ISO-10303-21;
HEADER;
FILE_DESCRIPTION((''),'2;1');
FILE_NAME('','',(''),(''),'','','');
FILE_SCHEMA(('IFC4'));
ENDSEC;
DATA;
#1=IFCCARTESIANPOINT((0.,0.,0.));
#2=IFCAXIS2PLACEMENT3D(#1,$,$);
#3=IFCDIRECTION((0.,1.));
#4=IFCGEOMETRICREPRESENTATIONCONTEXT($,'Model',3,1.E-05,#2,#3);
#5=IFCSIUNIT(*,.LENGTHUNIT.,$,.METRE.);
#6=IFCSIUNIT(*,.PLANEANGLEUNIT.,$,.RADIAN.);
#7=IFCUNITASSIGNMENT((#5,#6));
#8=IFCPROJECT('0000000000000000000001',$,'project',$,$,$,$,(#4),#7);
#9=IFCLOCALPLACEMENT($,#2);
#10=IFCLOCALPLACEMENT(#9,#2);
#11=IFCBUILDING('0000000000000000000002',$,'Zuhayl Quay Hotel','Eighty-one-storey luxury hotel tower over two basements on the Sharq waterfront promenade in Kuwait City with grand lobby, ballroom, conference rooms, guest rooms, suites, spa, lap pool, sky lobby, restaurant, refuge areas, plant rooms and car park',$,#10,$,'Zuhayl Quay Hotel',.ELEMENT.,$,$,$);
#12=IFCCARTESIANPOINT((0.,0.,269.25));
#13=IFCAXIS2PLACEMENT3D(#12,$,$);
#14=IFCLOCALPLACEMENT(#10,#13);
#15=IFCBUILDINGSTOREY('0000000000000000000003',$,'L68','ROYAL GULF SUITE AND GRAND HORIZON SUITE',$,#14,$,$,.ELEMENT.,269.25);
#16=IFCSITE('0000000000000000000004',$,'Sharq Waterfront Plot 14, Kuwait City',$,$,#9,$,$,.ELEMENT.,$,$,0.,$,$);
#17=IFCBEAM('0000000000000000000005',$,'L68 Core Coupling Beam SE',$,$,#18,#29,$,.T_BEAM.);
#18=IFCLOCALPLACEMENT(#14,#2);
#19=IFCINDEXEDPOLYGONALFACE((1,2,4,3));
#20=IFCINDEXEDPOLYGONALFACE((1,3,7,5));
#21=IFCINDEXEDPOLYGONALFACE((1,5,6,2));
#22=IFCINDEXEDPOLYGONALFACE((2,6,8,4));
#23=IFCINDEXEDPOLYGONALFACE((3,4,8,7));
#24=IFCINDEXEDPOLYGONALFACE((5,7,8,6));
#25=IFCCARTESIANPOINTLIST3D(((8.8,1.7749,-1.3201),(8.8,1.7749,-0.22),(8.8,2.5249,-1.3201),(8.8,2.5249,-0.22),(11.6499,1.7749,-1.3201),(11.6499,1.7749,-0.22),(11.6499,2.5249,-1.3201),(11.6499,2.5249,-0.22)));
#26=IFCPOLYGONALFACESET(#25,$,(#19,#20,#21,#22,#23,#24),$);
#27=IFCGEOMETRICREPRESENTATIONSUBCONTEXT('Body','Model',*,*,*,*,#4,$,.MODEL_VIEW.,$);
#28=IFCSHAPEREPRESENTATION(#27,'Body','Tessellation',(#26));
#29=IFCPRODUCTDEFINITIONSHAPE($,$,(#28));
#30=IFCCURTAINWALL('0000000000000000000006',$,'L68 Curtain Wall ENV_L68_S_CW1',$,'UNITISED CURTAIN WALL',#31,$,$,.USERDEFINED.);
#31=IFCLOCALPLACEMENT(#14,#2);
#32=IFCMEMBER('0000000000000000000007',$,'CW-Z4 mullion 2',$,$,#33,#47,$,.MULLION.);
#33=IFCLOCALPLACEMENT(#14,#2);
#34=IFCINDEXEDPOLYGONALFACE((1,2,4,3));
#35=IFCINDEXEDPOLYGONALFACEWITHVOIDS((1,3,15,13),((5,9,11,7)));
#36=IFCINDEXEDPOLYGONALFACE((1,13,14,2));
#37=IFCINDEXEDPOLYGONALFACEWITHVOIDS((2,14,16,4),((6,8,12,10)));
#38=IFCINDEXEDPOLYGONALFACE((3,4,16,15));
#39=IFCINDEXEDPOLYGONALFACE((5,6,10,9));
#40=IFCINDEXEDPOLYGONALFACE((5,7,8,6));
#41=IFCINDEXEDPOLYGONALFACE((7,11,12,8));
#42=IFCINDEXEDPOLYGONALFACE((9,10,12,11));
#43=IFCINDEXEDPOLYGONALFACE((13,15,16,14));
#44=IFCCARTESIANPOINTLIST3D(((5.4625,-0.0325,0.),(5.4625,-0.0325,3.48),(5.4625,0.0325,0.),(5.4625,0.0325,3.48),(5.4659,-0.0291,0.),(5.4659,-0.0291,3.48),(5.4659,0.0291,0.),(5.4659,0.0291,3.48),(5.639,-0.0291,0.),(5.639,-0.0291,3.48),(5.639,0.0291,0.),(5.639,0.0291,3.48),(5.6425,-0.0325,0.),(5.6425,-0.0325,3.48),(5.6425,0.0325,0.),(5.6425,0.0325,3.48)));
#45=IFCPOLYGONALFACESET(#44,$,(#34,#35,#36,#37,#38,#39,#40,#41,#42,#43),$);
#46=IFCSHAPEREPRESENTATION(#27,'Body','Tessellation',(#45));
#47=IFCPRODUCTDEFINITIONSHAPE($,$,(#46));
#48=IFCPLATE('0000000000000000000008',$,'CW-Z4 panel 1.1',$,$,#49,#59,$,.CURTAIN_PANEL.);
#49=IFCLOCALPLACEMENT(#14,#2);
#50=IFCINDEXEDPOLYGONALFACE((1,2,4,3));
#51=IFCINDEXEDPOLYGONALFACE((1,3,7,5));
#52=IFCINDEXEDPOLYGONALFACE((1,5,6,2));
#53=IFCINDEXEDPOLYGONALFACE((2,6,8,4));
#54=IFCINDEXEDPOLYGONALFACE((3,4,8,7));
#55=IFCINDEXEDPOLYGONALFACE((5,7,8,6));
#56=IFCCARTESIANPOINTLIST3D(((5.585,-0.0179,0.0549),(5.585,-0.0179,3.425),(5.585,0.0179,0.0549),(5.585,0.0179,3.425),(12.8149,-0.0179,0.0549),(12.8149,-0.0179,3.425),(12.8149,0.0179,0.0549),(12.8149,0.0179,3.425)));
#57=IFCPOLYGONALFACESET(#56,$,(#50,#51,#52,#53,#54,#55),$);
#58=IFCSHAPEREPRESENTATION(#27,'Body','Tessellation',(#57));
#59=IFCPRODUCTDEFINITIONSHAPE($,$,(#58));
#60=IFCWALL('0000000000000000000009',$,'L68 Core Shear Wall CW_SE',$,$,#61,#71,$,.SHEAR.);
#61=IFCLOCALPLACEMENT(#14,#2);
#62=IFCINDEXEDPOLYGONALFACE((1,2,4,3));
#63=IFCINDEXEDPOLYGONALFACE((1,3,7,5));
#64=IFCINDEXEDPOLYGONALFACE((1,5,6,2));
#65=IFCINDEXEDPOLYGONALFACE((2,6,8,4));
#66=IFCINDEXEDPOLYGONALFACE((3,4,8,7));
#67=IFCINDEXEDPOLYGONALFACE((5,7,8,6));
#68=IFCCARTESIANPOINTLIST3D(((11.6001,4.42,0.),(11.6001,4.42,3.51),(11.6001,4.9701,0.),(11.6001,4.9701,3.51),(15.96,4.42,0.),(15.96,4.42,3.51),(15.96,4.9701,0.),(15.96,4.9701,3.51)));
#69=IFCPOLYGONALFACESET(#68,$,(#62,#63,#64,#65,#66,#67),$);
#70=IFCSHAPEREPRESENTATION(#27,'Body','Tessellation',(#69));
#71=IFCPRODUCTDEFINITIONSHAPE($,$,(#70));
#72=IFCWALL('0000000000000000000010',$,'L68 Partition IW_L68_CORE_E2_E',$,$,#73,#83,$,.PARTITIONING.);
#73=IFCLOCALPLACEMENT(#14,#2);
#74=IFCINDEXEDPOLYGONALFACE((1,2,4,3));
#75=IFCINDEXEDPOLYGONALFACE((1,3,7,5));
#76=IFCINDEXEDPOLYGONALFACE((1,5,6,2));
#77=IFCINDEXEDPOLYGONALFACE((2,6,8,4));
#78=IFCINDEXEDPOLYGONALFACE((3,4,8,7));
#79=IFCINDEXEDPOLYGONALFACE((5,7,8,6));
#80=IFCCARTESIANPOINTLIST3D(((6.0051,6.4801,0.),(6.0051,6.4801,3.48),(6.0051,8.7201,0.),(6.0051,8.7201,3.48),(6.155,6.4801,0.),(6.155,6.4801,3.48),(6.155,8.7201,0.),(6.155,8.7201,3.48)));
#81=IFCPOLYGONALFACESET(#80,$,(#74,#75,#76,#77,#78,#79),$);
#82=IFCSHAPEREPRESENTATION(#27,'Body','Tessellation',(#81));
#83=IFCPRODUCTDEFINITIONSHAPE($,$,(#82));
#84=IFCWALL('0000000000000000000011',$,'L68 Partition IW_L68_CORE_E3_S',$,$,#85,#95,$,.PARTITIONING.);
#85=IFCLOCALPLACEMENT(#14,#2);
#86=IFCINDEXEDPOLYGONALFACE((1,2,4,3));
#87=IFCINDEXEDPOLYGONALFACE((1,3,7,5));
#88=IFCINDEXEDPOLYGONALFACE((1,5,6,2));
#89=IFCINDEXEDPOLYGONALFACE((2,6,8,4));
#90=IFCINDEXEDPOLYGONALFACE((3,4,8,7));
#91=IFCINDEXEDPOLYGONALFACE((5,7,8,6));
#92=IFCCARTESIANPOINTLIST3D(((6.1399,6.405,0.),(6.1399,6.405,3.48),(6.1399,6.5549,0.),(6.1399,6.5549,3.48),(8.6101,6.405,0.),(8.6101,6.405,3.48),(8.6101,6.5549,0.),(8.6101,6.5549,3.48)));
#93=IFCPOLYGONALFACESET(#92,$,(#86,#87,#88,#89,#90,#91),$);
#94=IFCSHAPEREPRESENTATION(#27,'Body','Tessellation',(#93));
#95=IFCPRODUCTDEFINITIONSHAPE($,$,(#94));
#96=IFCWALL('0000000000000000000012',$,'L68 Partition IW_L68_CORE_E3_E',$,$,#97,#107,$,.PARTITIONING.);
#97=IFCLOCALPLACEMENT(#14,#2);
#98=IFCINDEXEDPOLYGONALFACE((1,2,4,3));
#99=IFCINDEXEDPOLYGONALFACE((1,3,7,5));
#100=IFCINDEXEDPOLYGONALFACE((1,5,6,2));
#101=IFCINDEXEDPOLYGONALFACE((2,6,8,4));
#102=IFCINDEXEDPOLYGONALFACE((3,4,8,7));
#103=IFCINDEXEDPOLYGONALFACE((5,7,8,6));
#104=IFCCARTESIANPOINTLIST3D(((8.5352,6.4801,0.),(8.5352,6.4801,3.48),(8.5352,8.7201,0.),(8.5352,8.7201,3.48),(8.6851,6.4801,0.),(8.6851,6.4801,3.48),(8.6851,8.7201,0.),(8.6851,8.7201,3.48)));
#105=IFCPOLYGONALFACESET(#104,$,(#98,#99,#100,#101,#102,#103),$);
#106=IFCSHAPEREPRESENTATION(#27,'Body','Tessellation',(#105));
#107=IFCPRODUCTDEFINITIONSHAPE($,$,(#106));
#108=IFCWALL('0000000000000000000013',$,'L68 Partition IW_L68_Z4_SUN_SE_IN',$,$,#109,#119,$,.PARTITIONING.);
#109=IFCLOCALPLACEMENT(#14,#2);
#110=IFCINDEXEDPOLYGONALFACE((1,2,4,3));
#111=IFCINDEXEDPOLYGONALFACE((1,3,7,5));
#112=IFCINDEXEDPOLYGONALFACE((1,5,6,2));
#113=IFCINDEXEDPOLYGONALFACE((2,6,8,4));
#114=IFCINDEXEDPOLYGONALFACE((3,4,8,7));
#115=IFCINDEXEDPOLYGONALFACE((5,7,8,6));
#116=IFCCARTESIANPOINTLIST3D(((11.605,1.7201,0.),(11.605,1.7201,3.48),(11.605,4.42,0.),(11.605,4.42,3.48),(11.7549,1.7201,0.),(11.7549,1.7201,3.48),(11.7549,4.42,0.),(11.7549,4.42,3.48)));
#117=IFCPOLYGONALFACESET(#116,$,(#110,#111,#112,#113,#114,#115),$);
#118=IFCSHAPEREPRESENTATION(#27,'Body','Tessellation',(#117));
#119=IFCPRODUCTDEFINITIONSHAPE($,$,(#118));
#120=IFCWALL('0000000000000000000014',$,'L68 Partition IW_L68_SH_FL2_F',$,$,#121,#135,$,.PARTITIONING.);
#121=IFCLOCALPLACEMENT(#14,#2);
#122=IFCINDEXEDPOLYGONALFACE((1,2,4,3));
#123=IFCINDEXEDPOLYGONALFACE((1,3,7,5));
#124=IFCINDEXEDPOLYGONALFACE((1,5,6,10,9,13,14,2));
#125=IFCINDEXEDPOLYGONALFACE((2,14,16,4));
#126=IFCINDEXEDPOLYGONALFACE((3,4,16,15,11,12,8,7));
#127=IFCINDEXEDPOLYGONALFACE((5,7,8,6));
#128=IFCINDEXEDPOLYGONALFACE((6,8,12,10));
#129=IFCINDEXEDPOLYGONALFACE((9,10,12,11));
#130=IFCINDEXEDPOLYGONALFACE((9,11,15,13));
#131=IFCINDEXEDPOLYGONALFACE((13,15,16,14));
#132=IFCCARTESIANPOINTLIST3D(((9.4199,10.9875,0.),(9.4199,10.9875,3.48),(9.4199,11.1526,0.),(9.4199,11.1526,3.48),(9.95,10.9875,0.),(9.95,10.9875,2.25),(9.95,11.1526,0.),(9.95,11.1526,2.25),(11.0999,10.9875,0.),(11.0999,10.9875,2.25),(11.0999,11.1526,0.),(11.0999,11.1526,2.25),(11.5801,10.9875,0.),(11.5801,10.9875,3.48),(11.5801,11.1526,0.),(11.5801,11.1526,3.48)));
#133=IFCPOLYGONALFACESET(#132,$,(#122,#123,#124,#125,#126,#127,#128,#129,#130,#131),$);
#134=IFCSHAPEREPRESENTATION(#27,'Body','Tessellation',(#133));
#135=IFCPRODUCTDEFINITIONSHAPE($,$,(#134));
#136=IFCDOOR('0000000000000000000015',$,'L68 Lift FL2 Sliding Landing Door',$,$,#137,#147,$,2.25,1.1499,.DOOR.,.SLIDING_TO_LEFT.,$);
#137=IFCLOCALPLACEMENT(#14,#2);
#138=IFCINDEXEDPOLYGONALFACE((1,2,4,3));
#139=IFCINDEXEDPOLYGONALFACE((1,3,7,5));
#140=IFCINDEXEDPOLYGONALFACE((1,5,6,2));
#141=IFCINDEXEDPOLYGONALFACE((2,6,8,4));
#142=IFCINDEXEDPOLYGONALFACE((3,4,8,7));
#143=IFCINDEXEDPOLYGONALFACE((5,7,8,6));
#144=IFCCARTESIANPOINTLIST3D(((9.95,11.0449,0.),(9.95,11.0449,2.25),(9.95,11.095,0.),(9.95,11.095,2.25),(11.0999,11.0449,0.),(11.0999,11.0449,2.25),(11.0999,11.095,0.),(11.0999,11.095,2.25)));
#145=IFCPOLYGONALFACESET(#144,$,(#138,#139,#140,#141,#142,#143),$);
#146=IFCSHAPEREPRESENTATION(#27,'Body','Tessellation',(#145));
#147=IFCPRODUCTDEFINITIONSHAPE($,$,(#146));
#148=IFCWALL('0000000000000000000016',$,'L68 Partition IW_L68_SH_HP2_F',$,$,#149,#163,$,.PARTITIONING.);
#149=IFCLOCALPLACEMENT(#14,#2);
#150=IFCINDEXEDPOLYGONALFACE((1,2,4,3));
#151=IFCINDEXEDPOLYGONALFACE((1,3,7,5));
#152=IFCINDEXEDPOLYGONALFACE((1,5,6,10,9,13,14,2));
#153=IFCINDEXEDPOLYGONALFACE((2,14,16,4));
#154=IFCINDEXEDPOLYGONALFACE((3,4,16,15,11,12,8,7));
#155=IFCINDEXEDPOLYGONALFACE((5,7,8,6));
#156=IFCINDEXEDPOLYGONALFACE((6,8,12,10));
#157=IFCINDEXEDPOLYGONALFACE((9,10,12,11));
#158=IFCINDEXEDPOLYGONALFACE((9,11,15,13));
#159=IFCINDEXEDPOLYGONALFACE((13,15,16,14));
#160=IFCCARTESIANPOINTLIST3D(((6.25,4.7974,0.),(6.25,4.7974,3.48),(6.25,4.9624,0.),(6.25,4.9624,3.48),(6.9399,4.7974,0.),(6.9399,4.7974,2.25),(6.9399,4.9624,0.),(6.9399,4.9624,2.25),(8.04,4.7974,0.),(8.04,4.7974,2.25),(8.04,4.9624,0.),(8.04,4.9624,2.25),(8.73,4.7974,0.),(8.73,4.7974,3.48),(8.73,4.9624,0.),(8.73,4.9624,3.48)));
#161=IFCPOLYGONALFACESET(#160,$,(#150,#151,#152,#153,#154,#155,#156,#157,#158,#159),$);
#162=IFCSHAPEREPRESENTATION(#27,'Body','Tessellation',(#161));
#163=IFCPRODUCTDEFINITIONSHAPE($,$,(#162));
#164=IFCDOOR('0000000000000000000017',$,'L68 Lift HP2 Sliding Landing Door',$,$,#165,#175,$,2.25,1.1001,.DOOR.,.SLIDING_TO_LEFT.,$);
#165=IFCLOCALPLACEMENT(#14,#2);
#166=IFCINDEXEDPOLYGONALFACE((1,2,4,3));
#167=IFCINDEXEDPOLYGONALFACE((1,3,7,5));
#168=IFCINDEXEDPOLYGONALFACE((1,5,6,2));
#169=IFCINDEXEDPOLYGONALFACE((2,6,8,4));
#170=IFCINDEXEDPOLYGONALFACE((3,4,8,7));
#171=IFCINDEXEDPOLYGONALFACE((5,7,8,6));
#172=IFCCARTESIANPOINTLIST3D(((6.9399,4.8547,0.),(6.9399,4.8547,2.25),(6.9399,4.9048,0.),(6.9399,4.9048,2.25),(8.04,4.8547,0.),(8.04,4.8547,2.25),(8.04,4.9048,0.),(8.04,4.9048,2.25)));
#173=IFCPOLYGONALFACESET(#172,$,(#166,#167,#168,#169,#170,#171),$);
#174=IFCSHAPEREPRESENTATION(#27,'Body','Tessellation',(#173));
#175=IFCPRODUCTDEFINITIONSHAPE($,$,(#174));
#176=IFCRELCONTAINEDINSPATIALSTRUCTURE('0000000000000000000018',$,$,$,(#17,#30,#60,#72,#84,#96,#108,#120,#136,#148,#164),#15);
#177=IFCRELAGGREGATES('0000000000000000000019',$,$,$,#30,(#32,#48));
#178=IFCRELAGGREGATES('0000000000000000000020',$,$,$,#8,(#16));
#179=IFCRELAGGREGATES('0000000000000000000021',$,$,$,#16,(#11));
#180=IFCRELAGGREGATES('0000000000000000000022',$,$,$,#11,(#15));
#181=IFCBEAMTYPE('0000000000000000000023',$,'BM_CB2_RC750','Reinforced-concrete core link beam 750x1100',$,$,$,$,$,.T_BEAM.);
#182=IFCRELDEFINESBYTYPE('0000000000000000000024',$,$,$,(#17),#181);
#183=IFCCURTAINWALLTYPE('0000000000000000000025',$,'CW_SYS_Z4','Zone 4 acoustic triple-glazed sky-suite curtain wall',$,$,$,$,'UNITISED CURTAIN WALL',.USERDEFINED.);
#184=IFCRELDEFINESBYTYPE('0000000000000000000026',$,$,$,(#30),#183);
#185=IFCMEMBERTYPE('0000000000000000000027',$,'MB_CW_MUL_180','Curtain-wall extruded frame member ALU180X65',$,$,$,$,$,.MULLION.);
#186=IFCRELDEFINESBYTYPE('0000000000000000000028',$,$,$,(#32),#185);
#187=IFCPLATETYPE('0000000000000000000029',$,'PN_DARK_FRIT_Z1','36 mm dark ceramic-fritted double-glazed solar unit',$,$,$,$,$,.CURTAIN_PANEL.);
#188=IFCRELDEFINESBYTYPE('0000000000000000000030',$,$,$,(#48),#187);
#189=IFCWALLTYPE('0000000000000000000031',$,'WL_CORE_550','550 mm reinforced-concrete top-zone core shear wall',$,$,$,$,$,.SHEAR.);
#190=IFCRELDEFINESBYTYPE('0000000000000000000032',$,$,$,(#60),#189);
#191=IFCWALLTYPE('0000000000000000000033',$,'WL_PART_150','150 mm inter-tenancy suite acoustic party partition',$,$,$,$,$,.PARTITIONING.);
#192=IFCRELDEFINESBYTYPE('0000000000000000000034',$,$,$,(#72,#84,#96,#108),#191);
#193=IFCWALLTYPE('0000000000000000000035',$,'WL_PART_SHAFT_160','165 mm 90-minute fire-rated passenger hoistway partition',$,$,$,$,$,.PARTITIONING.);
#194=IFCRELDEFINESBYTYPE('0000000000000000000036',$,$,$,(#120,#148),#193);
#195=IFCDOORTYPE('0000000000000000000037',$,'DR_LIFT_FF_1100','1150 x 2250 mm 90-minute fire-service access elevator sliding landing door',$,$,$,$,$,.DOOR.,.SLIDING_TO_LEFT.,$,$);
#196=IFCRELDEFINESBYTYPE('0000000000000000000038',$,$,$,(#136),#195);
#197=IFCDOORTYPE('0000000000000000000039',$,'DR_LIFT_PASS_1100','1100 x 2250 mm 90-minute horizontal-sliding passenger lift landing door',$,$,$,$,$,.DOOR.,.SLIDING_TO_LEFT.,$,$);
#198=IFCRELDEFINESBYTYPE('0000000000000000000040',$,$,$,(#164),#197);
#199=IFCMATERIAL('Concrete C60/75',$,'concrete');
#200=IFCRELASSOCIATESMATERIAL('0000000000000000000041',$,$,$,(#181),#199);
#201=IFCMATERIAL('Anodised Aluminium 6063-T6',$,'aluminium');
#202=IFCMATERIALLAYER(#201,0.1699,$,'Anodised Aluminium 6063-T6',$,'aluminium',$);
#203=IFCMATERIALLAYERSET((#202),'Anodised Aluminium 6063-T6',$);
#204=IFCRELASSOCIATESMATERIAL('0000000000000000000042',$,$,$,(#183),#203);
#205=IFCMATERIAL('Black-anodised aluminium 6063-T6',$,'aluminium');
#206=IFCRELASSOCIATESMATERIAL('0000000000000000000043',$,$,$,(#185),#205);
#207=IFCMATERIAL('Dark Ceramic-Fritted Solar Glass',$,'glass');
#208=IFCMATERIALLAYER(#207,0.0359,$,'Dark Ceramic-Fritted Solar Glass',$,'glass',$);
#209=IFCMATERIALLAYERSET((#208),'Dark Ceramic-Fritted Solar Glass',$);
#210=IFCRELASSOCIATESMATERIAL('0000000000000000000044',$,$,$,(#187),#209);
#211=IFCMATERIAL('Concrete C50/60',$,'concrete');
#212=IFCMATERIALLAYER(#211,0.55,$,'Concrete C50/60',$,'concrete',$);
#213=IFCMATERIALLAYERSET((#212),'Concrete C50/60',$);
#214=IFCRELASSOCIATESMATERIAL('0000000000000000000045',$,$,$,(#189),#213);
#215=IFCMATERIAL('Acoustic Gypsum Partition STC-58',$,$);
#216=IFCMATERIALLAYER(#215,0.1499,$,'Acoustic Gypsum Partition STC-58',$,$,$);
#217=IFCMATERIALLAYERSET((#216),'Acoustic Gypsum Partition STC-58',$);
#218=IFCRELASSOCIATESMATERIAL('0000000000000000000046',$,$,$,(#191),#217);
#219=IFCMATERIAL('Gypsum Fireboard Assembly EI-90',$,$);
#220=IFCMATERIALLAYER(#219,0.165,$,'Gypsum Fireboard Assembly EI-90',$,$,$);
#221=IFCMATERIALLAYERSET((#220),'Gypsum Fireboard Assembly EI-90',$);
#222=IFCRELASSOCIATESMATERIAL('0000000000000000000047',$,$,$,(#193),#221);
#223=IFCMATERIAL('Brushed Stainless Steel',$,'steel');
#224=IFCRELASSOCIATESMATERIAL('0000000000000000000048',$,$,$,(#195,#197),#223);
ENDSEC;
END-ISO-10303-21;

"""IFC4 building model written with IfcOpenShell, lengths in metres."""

from ifc_helpers import new_model, si_unit, direction, frame, frame_2d, origin, origin_2d, place, context, subcontext, project, spatial, rectangle, hollow_rectangle, extrude, material, layer, layer_set, material_profile, profile_set, type_object, element, fill, aggregate, save


model = new_model("IFC4")

# Units and contexts
model_context = context("Model", 3, precision=1e-05, world=origin(), true_north=direction((0.0, 1.0)))
body_context = subcontext(model_context, "Body", "Model", "MODEL_VIEW")
ifc_project = project(units=[si_unit("LENGTHUNIT", "METRE"), si_unit("PLANEANGLEUNIT", "RADIAN")], contexts=[model_context])

# Site, building, storey
site_placement = place(None, origin())
site = spatial("IfcSite", under=ifc_project, at=site_placement, Name="Sharq Waterfront Plot 14, Kuwait City", CompositionType="ELEMENT", RefElevation=0.0)
building_placement = place(site_placement, origin())
building = spatial("IfcBuilding", under=site, at=building_placement, Name="Zuhayl Quay Hotel", Description="Eighty-one-storey luxury hotel tower over two basements on the Sharq waterfront promenade in Kuwait City with grand lobby, ballroom, conference rooms, guest rooms, suites, spa, lap pool, sky lobby, restaurant, refuge areas, plant rooms and car park", LongName="Zuhayl Quay Hotel", CompositionType="ELEMENT")
storey_placement = place(building_placement, frame((0.0, 0.0, 269.25)))
storey = spatial("IfcBuildingStorey", under=building, at=storey_placement, Name="L68", Description="ROYAL GULF SUITE AND GRAND HORIZON SUITE", CompositionType="ELEMENT", Elevation=269.25)

# Beam
ifc_material_1 = material(Name="Concrete C60/75", Category="concrete")
ifc_material_profile_1 = material_profile(ifc_material_1, rectangle(XDim=0.75, YDim=1.1001, at=origin_2d()), Name="RC750X1100")
ifc_profile_set_1 = profile_set([ifc_material_profile_1], Name="Concrete C60/75")
beam_type = type_object("IfcBeamType", Name="BM_CB2_RC750", Description="Reinforced-concrete core link beam 750x1100", PredefinedType="T_BEAM", material=ifc_profile_set_1)
beam_placement = place(storey_placement, frame((8.8, 2.1499, -0.77), z_axis=(1.0, 0.0, 0.0), x_axis=(0.0, 1.0, 0.0)))
element("IfcBeam", 1, at=beam_placement, inside=storey, type_object=beam_type, Name="L68 Core Coupling Beam SE", PredefinedType="T_BEAM", context=body_context, shape_type="SweptSolid", body=[
    extrude(rectangle(XDim=0.75, YDim=1.1001, at=origin_2d()), origin(), (0.0, 0.0, 1.0), 2.8499),
])

# Curtain wall, member, plate
ifc_material_2 = material(Name="Anodised Aluminium 6063-T6", Category="aluminium")
ifc_layer_1 = layer(ifc_material_2, 0.1699, Name="Anodised Aluminium 6063-T6", Category="aluminium")
ifc_layer_set_1 = layer_set([ifc_layer_1], Name="Anodised Aluminium 6063-T6")
curtain_wall_type = type_object("IfcCurtainWallType", Name="CW_SYS_Z4", Description="Zone 4 acoustic triple-glazed sky-suite curtain wall", ElementType="UNITISED CURTAIN WALL", PredefinedType="USERDEFINED", material=ifc_layer_set_1)
curtain_wall_placement = place(storey_placement, origin())
curtain_wall = element("IfcCurtainWall", 2, at=curtain_wall_placement, inside=storey, type_object=curtain_wall_type, Name="L68 Curtain Wall ENV_L68_S_CW1", ObjectType="UNITISED CURTAIN WALL", PredefinedType="USERDEFINED")
ifc_material_3 = material(Name="Black-anodised aluminium 6063-T6", Category="aluminium")
ifc_material_profile_2 = material_profile(ifc_material_3, hollow_rectangle(XDim=0.0649, YDim=0.1799, WallThickness=0.0034, at=origin_2d()), Name="ALU180X65")
ifc_profile_set_2 = profile_set([ifc_material_profile_2], Name="Black-anodised aluminium 6063-T6")
member_type = type_object("IfcMemberType", Name="MB_CW_MUL_180", Description="Curtain-wall extruded frame member ALU180X65", PredefinedType="MULLION", material=ifc_profile_set_2)
member_placement = place(storey_placement, frame((5.5525, 0.0, 0.0), z_axis=(0.0, 0.0, 1.0), x_axis=(0.0, -1.0, 0.0)))
member = element("IfcMember", 3, at=member_placement, type_object=member_type, Name="CW-Z4 mullion 2", PredefinedType="MULLION", context=body_context, shape_type="SweptSolid", body=[
    extrude(hollow_rectangle(XDim=0.0649, YDim=0.1799, WallThickness=0.0034, at=origin_2d()), origin(), (0.0, 0.0, 1.0), 3.48),
])
ifc_material_4 = material(Name="Dark Ceramic-Fritted Solar Glass", Category="glass")
ifc_layer_2 = layer(ifc_material_4, 0.0359, Name="Dark Ceramic-Fritted Solar Glass", Category="glass")
ifc_layer_set_2 = layer_set([ifc_layer_2], Name="Dark Ceramic-Fritted Solar Glass")
plate_type = type_object("IfcPlateType", Name="PN_DARK_FRIT_Z1", Description="36 mm dark ceramic-fritted double-glazed solar unit", PredefinedType="CURTAIN_PANEL", material=ifc_layer_set_2)
plate_placement = place(storey_placement, frame((9.2, 0.0, 0.0549), z_axis=(0.0, 0.0, 1.0), x_axis=(-1.0, 0.0, 0.0)))
plate = element("IfcPlate", 4, at=plate_placement, type_object=plate_type, Name="CW-Z4 panel 1.1", PredefinedType="CURTAIN_PANEL", context=body_context, shape_type="SweptSolid", body=[
    extrude(rectangle(XDim=7.23, YDim=0.0359, at=origin_2d()), origin(), (0.0, 0.0, 1.0), 3.3701),
])
aggregate(curtain_wall, [member, plate])

# Wall
ifc_material_5 = material(Name="Concrete C50/60", Category="concrete")
ifc_layer_3 = layer(ifc_material_5, 0.55, Name="Concrete C50/60", Category="concrete")
ifc_layer_set_3 = layer_set([ifc_layer_3], Name="Concrete C50/60")
wall_type_1 = type_object("IfcWallType", Name="WL_CORE_550", Description="550 mm reinforced-concrete top-zone core shear wall", PredefinedType="SHEAR", material=ifc_layer_set_3)
wall_1_placement = place(storey_placement, frame((11.6001, 4.6951, 0.0), z_axis=(0.0, 0.0, 1.0), x_axis=(1.0, 0.0, 0.0)))
element("IfcWall", 5, at=wall_1_placement, inside=storey, type_object=wall_type_1, Name="L68 Core Shear Wall CW_SE", PredefinedType="SHEAR", context=body_context, shape_type="SweptSolid", body=[
    extrude(rectangle(XDim=4.3599, YDim=0.55, at=frame_2d((2.1799, 0.0))), origin(), (0.0, 0.0, 1.0), 3.51),
])

# Shared definitions
ifc_material_6 = material(Name="Acoustic Gypsum Partition STC-58")
ifc_layer_4 = layer(ifc_material_6, 0.1499, Name="Acoustic Gypsum Partition STC-58")
ifc_layer_set_4 = layer_set([ifc_layer_4], Name="Acoustic Gypsum Partition STC-58")
wall_type_2 = type_object("IfcWallType", Name="WL_PART_150", Description="150 mm inter-tenancy suite acoustic party partition", PredefinedType="PARTITIONING", material=ifc_layer_set_4)

# Walls
wall_2_placement = place(storey_placement, frame((6.0801, 6.48, 0.0), z_axis=(0.0, 0.0, 1.0), x_axis=(0.0, 1.0, 0.0)))
element("IfcWall", 6, at=wall_2_placement, inside=storey, type_object=wall_type_2, Name="L68 Partition IW_L68_CORE_E2_E", PredefinedType="PARTITIONING", context=body_context, shape_type="SweptSolid", body=[
    extrude(rectangle(XDim=2.24, YDim=0.1499, at=frame_2d((1.1201, 0.0))), origin(), (0.0, 0.0, 1.0), 3.48),
])
wall_3_placement = place(storey_placement, frame((6.1399, 6.48, 0.0), z_axis=(0.0, 0.0, 1.0), x_axis=(1.0, 0.0, 0.0)))
element("IfcWall", 7, at=wall_3_placement, inside=storey, type_object=wall_type_2, Name="L68 Partition IW_L68_CORE_E3_S", PredefinedType="PARTITIONING", context=body_context, shape_type="SweptSolid", body=[
    extrude(rectangle(XDim=2.4702, YDim=0.1499, at=frame_2d((1.2351, 0.0))), origin(), (0.0, 0.0, 1.0), 3.48),
])
wall_4_placement = place(storey_placement, frame((8.6101, 6.48, 0.0), z_axis=(0.0, 0.0, 1.0), x_axis=(0.0, 1.0, 0.0)))
element("IfcWall", 8, at=wall_4_placement, inside=storey, type_object=wall_type_2, Name="L68 Partition IW_L68_CORE_E3_E", PredefinedType="PARTITIONING", context=body_context, shape_type="SweptSolid", body=[
    extrude(rectangle(XDim=2.24, YDim=0.1499, at=frame_2d((1.1201, 0.0))), origin(), (0.0, 0.0, 1.0), 3.48),
])
wall_5_placement = place(storey_placement, frame((11.6799, 1.72, 0.0), z_axis=(0.0, 0.0, 1.0), x_axis=(0.0, 1.0, 0.0)))
element("IfcWall", 9, at=wall_5_placement, inside=storey, type_object=wall_type_2, Name="L68 Partition IW_L68_Z4_SUN_SE_IN", PredefinedType="PARTITIONING", context=body_context, shape_type="SweptSolid", body=[
    extrude(rectangle(XDim=2.7, YDim=0.1499, at=frame_2d((1.3501, 0.0))), origin(), (0.0, 0.0, 1.0), 3.48),
])

# Walls, openings, doors
ifc_material_7 = material(Name="Gypsum Fireboard Assembly EI-90")
ifc_layer_5 = layer(ifc_material_7, 0.165, Name="Gypsum Fireboard Assembly EI-90")
ifc_layer_set_5 = layer_set([ifc_layer_5], Name="Gypsum Fireboard Assembly EI-90")
wall_type_3 = type_object("IfcWallType", Name="WL_PART_SHAFT_160", Description="165 mm 90-minute fire-rated passenger hoistway partition", PredefinedType="PARTITIONING", material=ifc_layer_set_5)
wall_6_placement = place(storey_placement, frame((9.4199, 11.0701, 0.0), z_axis=(0.0, 0.0, 1.0), x_axis=(1.0, 0.0, 0.0)))
wall_6 = element("IfcWall", 10, at=wall_6_placement, inside=storey, type_object=wall_type_3, Name="L68 Partition IW_L68_SH_FL2_F", PredefinedType="PARTITIONING", context=body_context, shape_type="SweptSolid", body=[
    extrude(rectangle(XDim=2.1602, YDim=0.165, at=frame_2d((1.0801, 0.0))), origin(), (0.0, 0.0, 1.0), 3.48),
])
opening_1_placement = place(wall_6_placement, frame((0.53, 0.0, 0.0)))
opening_1 = element("IfcOpeningElement", 11, at=opening_1_placement, cuts=wall_6, PredefinedType="OPENING", context=body_context, shape_type="SweptSolid", body=[
    extrude(rectangle(XDim=1.1499, YDim=2.25, at=frame_2d((0.575, 1.125))), frame((0.0, 0.0925, 0.0), z_axis=(0.0, -1.0, 0.0), x_axis=(1.0, 0.0, 0.0)), (0.0, 0.0, 1.0), 0.1851),
])
ifc_material_8 = material(Name="Brushed Stainless Steel", Category="steel")
door_type_1 = type_object("IfcDoorType", Name="DR_LIFT_FF_1100", Description="1150 x 2250 mm 90-minute fire-service access elevator sliding landing door", OperationType="SLIDING_TO_LEFT", PredefinedType="DOOR", material=ifc_material_8)
door_1_placement = place(opening_1_placement, origin())
door_1 = element("IfcDoor", 12, at=door_1_placement, inside=storey, type_object=door_type_1, Name="L68 Lift FL2 Sliding Landing Door", OperationType="SLIDING_TO_LEFT", OverallHeight=2.25, OverallWidth=1.1499, PredefinedType="DOOR", context=body_context, shape_type="SweptSolid", body=[
    extrude(rectangle(XDim=1.1499, YDim=2.25, at=frame_2d((0.575, 1.125))), frame((0.0, 0.0249, 0.0), z_axis=(0.0, -1.0, 0.0), x_axis=(1.0, 0.0, 0.0)), (0.0, 0.0, 1.0), 0.05),
])
fill(opening_1, door_1)
wall_7_placement = place(storey_placement, frame((6.25, 4.8799, 0.0), z_axis=(0.0, 0.0, 1.0), x_axis=(1.0, 0.0, 0.0)))
wall_7 = element("IfcWall", 13, at=wall_7_placement, inside=storey, type_object=wall_type_3, Name="L68 Partition IW_L68_SH_HP2_F", PredefinedType="PARTITIONING", context=body_context, shape_type="SweptSolid", body=[
    extrude(rectangle(XDim=2.48, YDim=0.165, at=frame_2d((1.24, 0.0))), origin(), (0.0, 0.0, 1.0), 3.48),
])
opening_2_placement = place(wall_7_placement, frame((0.6899, 0.0, 0.0)))
opening_2 = element("IfcOpeningElement", 14, at=opening_2_placement, cuts=wall_7, PredefinedType="OPENING", context=body_context, shape_type="SweptSolid", body=[
    extrude(rectangle(XDim=1.1001, YDim=2.25, at=frame_2d((0.55, 1.125))), frame((0.0, 0.0925, 0.0), z_axis=(0.0, -1.0, 0.0), x_axis=(1.0, 0.0, 0.0)), (0.0, 0.0, 1.0), 0.1851),
])
door_type_2 = type_object("IfcDoorType", Name="DR_LIFT_PASS_1100", Description="1100 x 2250 mm 90-minute horizontal-sliding passenger lift landing door", OperationType="SLIDING_TO_LEFT", PredefinedType="DOOR", material=ifc_material_8)
door_2_placement = place(opening_2_placement, origin())
door_2 = element("IfcDoor", 15, at=door_2_placement, inside=storey, type_object=door_type_2, Name="L68 Lift HP2 Sliding Landing Door", OperationType="SLIDING_TO_LEFT", OverallHeight=2.25, OverallWidth=1.1001, PredefinedType="DOOR", context=body_context, shape_type="SweptSolid", body=[
    extrude(rectangle(XDim=1.1001, YDim=2.25, at=frame_2d((0.55, 1.125))), frame((0.0, 0.0249, 0.0), z_axis=(0.0, -1.0, 0.0), x_axis=(1.0, 0.0, 0.0)), (0.0, 0.0, 1.0), 0.05),
])
fill(opening_2, door_2)

save(model, "model.ifc")
